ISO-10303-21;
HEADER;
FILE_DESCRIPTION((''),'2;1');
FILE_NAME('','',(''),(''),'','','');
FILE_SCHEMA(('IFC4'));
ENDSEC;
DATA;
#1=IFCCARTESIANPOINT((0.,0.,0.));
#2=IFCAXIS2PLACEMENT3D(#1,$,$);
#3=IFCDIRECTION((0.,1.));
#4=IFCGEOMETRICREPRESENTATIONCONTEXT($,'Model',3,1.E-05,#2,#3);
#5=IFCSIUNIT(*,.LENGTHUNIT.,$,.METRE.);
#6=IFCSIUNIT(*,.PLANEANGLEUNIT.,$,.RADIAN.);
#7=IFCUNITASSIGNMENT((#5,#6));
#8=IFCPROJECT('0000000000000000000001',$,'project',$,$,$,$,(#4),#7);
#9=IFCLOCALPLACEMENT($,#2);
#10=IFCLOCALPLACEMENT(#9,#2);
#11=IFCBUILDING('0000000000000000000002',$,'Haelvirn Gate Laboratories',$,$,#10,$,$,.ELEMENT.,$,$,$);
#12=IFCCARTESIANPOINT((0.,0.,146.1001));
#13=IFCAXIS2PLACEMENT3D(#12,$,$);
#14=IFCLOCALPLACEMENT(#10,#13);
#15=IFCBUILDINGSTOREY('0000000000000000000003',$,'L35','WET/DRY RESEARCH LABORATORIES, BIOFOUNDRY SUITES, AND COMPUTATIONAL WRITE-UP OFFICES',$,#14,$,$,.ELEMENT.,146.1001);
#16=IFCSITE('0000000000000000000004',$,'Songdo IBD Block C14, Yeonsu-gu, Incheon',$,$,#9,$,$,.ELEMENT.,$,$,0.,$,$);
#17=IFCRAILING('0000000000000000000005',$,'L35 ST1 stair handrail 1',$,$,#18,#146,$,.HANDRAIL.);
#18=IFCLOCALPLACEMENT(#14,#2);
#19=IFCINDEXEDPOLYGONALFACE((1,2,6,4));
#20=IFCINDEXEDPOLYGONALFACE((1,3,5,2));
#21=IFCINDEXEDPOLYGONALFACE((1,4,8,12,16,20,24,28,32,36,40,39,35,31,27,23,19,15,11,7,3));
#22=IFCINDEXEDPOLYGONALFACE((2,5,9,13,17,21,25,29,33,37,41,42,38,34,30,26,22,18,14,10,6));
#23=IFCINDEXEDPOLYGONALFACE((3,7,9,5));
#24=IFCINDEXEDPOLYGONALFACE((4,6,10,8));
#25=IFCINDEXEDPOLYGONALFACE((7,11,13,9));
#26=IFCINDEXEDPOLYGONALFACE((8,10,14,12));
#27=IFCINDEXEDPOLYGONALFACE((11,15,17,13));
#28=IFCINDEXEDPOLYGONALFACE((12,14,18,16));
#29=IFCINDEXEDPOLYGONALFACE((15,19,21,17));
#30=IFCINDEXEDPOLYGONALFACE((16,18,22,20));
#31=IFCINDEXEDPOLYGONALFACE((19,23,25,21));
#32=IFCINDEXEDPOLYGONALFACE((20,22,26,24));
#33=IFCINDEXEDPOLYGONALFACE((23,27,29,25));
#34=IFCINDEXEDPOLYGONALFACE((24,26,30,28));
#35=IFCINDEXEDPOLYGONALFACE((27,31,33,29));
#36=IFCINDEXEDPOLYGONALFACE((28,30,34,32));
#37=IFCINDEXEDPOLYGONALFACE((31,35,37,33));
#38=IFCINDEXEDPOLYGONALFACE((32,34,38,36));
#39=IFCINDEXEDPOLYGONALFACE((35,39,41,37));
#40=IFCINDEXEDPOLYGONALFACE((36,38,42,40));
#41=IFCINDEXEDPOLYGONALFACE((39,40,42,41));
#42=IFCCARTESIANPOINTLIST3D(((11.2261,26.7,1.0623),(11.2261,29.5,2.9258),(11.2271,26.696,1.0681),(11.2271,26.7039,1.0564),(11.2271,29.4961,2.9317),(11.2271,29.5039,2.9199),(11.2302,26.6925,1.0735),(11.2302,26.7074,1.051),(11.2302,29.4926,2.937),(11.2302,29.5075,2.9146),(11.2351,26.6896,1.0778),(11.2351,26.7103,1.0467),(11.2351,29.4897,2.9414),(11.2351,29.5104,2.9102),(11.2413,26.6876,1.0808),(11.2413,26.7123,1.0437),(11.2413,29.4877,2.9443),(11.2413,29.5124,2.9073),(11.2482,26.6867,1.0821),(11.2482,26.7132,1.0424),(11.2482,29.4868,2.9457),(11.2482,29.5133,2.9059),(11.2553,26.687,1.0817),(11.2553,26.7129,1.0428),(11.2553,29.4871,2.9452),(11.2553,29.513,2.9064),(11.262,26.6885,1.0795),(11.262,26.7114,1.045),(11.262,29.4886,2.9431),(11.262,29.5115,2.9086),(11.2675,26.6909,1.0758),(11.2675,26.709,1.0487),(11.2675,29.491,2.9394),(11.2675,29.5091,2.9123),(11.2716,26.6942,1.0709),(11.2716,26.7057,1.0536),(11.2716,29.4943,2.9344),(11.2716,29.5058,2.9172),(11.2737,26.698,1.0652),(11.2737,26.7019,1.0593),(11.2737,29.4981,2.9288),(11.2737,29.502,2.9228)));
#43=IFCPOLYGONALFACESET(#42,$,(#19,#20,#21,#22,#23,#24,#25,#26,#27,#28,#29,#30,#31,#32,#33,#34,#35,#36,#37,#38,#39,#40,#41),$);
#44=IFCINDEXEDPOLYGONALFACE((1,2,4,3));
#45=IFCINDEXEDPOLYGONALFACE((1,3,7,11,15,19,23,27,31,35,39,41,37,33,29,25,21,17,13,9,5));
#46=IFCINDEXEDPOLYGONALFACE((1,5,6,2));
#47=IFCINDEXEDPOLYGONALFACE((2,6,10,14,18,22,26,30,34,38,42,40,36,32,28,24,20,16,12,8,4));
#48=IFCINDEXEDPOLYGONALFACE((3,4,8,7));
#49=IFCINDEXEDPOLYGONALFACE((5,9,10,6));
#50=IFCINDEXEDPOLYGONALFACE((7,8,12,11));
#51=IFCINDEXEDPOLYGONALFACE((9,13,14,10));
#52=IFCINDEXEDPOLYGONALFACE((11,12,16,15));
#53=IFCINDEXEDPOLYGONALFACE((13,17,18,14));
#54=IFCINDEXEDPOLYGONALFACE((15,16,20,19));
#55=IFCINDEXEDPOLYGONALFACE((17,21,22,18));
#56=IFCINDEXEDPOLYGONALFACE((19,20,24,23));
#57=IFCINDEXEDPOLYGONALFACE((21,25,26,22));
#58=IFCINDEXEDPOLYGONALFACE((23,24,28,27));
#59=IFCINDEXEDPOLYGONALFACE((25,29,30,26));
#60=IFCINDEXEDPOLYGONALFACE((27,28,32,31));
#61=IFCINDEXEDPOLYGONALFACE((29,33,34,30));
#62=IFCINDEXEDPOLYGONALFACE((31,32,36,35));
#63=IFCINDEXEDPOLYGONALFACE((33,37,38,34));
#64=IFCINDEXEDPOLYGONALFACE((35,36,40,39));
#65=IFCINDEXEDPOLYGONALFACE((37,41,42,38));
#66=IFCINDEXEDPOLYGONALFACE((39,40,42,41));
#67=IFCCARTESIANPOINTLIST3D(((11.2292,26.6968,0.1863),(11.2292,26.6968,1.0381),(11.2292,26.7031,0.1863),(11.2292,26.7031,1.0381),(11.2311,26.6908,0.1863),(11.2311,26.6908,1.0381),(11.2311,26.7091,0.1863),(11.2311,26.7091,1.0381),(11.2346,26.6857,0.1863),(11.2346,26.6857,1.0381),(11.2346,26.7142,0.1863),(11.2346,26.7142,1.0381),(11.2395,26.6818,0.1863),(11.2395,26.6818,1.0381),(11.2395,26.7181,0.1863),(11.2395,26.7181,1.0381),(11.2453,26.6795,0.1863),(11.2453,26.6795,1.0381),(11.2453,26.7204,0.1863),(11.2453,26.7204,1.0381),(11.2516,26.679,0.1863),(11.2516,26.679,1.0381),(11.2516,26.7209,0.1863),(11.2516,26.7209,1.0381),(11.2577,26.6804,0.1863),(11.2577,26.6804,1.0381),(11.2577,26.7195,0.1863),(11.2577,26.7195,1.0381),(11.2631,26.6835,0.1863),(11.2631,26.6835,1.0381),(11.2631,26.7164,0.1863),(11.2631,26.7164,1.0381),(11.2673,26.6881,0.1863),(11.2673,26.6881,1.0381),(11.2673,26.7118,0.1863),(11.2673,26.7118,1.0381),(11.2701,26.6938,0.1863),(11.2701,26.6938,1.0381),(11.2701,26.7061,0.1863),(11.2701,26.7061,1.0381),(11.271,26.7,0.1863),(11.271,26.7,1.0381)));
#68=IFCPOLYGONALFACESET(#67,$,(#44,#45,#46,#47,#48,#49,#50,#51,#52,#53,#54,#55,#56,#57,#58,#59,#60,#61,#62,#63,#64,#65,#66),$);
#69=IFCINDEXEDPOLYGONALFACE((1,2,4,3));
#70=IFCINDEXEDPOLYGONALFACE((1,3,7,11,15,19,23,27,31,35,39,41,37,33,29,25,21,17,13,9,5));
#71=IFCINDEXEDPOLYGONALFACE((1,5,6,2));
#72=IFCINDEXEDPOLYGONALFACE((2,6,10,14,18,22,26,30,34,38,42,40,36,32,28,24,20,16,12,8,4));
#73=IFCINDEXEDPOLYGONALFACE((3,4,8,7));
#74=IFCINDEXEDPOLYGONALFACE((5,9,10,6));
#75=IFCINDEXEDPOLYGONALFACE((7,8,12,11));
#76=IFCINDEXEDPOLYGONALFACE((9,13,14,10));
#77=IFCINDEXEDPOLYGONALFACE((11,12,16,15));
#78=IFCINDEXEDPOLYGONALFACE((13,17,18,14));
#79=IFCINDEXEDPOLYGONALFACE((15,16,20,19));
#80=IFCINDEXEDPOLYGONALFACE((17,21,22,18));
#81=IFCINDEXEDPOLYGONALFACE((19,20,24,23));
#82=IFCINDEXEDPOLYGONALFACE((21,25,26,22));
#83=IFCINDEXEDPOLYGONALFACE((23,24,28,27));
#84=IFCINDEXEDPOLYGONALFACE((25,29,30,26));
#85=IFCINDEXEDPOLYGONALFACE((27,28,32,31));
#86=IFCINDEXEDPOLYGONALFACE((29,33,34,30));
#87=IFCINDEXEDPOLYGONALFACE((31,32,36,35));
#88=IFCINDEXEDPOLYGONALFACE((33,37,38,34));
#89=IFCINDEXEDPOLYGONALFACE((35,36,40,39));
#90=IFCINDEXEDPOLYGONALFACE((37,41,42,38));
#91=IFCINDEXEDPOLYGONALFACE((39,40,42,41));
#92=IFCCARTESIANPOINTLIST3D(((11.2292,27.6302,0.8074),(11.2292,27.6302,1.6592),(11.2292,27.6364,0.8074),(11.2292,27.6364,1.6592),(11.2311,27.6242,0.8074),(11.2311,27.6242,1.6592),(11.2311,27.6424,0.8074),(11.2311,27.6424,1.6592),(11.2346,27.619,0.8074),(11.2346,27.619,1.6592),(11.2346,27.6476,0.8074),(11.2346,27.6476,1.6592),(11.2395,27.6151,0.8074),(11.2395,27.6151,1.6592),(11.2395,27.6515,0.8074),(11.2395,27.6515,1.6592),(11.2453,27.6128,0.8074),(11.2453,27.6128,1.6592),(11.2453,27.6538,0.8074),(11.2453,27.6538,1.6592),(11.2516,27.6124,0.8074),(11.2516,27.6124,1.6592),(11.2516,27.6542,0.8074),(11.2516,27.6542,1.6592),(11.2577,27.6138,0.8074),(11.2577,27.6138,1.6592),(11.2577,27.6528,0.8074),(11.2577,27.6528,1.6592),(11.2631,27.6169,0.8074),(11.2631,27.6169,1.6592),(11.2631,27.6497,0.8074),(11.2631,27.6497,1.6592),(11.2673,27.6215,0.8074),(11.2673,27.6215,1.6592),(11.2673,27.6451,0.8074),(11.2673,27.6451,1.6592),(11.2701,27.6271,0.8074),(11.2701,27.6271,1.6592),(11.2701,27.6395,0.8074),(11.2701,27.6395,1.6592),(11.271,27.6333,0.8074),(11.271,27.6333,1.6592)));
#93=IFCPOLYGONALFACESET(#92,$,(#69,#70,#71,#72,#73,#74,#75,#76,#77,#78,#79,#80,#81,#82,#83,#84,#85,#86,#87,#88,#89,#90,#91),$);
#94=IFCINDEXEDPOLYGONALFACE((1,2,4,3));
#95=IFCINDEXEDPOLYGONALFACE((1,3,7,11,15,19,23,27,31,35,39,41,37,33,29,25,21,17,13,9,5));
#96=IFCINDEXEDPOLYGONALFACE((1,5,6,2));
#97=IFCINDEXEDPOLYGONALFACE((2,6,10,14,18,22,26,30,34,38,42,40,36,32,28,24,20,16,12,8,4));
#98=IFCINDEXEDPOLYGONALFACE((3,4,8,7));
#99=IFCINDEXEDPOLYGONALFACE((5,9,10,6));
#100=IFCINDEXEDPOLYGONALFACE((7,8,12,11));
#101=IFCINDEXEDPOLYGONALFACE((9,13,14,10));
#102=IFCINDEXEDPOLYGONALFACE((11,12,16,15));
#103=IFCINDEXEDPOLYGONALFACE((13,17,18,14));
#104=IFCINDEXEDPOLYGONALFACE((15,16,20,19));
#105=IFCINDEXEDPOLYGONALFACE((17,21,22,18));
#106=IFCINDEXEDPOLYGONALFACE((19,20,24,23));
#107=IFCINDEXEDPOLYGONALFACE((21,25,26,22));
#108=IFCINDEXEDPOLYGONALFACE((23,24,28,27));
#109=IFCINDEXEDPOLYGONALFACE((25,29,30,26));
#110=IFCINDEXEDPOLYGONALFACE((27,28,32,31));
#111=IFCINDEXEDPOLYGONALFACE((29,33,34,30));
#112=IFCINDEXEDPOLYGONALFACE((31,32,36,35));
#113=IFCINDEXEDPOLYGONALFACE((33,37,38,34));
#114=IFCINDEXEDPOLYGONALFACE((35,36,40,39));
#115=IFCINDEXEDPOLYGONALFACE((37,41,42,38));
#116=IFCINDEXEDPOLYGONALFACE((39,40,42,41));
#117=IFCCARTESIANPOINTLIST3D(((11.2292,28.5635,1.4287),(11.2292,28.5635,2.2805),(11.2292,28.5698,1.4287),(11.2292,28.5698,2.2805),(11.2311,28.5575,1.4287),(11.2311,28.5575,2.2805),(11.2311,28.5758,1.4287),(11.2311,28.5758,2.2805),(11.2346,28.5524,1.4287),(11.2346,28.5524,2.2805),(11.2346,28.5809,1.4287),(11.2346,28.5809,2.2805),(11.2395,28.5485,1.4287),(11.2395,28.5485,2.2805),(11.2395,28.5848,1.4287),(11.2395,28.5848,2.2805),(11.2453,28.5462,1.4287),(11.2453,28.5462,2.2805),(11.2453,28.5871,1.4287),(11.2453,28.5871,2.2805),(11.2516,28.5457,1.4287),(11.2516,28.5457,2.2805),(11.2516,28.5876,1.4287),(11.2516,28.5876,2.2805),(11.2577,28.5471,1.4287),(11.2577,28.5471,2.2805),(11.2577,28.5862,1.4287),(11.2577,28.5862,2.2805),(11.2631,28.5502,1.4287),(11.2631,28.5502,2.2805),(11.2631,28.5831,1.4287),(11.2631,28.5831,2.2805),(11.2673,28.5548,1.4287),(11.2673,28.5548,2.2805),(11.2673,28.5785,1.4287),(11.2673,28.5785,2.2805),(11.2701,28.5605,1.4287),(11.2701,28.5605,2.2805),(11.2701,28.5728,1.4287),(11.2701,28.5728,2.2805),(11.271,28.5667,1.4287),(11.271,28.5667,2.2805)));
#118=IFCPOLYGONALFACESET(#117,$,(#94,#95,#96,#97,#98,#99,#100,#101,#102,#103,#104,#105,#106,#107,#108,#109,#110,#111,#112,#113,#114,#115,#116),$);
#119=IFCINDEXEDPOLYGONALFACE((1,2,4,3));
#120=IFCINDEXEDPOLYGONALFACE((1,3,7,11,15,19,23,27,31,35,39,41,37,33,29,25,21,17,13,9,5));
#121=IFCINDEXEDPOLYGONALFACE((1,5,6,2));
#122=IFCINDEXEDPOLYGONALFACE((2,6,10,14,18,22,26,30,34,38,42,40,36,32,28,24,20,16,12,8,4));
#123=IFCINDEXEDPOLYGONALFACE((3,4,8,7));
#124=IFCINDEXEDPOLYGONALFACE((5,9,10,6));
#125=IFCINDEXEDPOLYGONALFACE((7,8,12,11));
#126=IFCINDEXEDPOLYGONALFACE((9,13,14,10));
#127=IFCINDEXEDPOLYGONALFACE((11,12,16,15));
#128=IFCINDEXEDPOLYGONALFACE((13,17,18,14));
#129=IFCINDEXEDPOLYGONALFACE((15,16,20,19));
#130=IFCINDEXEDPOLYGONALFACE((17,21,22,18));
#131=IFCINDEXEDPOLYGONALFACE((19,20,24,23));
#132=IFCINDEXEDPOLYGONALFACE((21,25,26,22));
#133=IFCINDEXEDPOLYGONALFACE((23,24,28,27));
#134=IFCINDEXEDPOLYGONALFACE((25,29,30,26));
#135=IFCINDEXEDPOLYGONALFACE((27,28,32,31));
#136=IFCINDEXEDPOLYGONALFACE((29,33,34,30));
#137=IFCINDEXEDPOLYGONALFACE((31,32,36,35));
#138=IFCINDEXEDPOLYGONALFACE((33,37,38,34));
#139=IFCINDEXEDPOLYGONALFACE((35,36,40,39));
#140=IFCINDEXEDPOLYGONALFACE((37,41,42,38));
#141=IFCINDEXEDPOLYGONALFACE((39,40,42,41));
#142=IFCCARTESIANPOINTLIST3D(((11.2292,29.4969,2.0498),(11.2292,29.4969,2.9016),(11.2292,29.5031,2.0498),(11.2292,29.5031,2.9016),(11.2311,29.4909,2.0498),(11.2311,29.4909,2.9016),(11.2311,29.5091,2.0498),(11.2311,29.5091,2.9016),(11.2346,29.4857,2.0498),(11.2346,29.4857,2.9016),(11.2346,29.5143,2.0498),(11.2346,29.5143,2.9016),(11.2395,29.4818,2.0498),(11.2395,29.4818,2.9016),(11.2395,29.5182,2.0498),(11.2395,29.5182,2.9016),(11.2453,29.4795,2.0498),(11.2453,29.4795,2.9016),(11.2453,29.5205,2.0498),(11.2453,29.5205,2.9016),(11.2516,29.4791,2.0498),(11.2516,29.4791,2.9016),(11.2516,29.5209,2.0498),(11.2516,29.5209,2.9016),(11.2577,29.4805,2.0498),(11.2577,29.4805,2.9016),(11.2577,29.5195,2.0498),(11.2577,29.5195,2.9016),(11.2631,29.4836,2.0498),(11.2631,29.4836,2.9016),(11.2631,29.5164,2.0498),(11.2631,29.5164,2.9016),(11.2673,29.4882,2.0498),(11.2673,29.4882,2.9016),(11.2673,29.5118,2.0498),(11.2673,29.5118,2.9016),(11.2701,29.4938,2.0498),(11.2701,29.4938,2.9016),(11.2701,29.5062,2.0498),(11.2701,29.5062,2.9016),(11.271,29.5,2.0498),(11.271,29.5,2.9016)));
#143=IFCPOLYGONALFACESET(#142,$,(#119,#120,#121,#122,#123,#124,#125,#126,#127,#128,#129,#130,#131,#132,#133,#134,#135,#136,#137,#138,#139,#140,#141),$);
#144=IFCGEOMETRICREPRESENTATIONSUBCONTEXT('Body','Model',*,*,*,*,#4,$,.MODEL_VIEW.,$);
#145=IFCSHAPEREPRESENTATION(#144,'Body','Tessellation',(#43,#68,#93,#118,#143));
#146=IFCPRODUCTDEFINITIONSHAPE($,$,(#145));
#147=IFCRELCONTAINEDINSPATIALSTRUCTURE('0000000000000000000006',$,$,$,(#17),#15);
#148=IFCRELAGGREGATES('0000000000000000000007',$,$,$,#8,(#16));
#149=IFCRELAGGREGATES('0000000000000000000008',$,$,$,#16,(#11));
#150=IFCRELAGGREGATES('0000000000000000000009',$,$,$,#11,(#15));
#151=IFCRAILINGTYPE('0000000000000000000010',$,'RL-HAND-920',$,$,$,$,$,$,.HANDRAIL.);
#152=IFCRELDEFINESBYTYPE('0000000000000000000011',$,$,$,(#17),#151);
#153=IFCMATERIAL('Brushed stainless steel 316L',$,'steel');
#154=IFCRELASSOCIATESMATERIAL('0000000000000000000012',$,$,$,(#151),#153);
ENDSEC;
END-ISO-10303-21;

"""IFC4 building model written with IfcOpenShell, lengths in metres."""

from ifc_helpers import new_model, si_unit, direction, frame, origin, origin_2d, place, context, subcontext, project, spatial, circle, extrude, source, transform, mapped, material, type_object, element, save


model = new_model("IFC4")

# Units and contexts
model_context = context("Model", 3, precision=1e-05, world=origin(), true_north=direction((0.0, 1.0)))
body_context = subcontext(model_context, "Body", "Model", "MODEL_VIEW")
ifc_project = project(units=[si_unit("LENGTHUNIT", "METRE"), si_unit("PLANEANGLEUNIT", "RADIAN")], contexts=[model_context])

# Site, building, storey
site_placement = place(None, origin())
site = spatial("IfcSite", under=ifc_project, at=site_placement, Name="Songdo IBD Block C14, Yeonsu-gu, Incheon", CompositionType="ELEMENT", RefElevation=0.0)
building_placement = place(site_placement, origin())
building = spatial("IfcBuilding", under=site, at=building_placement, Name="Haelvirn Gate Laboratories", CompositionType="ELEMENT")
storey_placement = place(building_placement, frame((0.0, 0.0, 146.1001)))
storey = spatial("IfcBuildingStorey", under=building, at=storey_placement, Name="L35", Description="WET/DRY RESEARCH LABORATORIES, BIOFOUNDRY SUITES, AND COMPUTATIONAL WRITE-UP OFFICES", CompositionType="ELEMENT", Elevation=146.1001)

# Railing
ifc_material_1 = material(Name="Brushed stainless steel 316L", Category="steel")
railing_type_1 = type_object("IfcRailingType", Name="RL-HAND-920", PredefinedType="HANDRAIL", material=ifc_material_1)
shared_shape_1 = source(origin(), body_context, "Body", "SweptSolid", [
    extrude(circle(Radius=0.0239, at=origin_2d()), frame((0.0, 0.0, 0.876), z_axis=(0.0, 0.832486, 0.554047), x_axis=(-1.0, 0.0, 0.0)), (0.0, 0.0, 1.0), 3.3635),
    extrude(circle(Radius=0.021, at=origin_2d()), origin(), (0.0, 0.0, 1.0), 0.8518),
    extrude(circle(Radius=0.021, at=origin_2d()), frame((0.0, 0.9333, 0.6211)), (0.0, 0.0, 1.0), 0.8518),
    extrude(circle(Radius=0.021, at=origin_2d()), frame((0.0, 1.8667, 1.2424)), (0.0, 0.0, 1.0), 0.8518),
    extrude(circle(Radius=0.021, at=origin_2d()), frame((0.0, 2.8, 1.8635)), (0.0, 0.0, 1.0), 0.8518),
])
railing_1_placement = place(storey_placement, frame((11.25, 26.7, 0.1863)))
element("IfcRailing", 1, at=railing_1_placement, inside=storey, type_object=railing_type_1, Name="L35 ST1 stair handrail 1", PredefinedType="HANDRAIL", context=body_context, shape_type="MappedRepresentation", body=[
    mapped(shared_shape_1, transform((0.0, 0.0, 0.0), scale=1.0)),
])

save(model, "model.ifc")
